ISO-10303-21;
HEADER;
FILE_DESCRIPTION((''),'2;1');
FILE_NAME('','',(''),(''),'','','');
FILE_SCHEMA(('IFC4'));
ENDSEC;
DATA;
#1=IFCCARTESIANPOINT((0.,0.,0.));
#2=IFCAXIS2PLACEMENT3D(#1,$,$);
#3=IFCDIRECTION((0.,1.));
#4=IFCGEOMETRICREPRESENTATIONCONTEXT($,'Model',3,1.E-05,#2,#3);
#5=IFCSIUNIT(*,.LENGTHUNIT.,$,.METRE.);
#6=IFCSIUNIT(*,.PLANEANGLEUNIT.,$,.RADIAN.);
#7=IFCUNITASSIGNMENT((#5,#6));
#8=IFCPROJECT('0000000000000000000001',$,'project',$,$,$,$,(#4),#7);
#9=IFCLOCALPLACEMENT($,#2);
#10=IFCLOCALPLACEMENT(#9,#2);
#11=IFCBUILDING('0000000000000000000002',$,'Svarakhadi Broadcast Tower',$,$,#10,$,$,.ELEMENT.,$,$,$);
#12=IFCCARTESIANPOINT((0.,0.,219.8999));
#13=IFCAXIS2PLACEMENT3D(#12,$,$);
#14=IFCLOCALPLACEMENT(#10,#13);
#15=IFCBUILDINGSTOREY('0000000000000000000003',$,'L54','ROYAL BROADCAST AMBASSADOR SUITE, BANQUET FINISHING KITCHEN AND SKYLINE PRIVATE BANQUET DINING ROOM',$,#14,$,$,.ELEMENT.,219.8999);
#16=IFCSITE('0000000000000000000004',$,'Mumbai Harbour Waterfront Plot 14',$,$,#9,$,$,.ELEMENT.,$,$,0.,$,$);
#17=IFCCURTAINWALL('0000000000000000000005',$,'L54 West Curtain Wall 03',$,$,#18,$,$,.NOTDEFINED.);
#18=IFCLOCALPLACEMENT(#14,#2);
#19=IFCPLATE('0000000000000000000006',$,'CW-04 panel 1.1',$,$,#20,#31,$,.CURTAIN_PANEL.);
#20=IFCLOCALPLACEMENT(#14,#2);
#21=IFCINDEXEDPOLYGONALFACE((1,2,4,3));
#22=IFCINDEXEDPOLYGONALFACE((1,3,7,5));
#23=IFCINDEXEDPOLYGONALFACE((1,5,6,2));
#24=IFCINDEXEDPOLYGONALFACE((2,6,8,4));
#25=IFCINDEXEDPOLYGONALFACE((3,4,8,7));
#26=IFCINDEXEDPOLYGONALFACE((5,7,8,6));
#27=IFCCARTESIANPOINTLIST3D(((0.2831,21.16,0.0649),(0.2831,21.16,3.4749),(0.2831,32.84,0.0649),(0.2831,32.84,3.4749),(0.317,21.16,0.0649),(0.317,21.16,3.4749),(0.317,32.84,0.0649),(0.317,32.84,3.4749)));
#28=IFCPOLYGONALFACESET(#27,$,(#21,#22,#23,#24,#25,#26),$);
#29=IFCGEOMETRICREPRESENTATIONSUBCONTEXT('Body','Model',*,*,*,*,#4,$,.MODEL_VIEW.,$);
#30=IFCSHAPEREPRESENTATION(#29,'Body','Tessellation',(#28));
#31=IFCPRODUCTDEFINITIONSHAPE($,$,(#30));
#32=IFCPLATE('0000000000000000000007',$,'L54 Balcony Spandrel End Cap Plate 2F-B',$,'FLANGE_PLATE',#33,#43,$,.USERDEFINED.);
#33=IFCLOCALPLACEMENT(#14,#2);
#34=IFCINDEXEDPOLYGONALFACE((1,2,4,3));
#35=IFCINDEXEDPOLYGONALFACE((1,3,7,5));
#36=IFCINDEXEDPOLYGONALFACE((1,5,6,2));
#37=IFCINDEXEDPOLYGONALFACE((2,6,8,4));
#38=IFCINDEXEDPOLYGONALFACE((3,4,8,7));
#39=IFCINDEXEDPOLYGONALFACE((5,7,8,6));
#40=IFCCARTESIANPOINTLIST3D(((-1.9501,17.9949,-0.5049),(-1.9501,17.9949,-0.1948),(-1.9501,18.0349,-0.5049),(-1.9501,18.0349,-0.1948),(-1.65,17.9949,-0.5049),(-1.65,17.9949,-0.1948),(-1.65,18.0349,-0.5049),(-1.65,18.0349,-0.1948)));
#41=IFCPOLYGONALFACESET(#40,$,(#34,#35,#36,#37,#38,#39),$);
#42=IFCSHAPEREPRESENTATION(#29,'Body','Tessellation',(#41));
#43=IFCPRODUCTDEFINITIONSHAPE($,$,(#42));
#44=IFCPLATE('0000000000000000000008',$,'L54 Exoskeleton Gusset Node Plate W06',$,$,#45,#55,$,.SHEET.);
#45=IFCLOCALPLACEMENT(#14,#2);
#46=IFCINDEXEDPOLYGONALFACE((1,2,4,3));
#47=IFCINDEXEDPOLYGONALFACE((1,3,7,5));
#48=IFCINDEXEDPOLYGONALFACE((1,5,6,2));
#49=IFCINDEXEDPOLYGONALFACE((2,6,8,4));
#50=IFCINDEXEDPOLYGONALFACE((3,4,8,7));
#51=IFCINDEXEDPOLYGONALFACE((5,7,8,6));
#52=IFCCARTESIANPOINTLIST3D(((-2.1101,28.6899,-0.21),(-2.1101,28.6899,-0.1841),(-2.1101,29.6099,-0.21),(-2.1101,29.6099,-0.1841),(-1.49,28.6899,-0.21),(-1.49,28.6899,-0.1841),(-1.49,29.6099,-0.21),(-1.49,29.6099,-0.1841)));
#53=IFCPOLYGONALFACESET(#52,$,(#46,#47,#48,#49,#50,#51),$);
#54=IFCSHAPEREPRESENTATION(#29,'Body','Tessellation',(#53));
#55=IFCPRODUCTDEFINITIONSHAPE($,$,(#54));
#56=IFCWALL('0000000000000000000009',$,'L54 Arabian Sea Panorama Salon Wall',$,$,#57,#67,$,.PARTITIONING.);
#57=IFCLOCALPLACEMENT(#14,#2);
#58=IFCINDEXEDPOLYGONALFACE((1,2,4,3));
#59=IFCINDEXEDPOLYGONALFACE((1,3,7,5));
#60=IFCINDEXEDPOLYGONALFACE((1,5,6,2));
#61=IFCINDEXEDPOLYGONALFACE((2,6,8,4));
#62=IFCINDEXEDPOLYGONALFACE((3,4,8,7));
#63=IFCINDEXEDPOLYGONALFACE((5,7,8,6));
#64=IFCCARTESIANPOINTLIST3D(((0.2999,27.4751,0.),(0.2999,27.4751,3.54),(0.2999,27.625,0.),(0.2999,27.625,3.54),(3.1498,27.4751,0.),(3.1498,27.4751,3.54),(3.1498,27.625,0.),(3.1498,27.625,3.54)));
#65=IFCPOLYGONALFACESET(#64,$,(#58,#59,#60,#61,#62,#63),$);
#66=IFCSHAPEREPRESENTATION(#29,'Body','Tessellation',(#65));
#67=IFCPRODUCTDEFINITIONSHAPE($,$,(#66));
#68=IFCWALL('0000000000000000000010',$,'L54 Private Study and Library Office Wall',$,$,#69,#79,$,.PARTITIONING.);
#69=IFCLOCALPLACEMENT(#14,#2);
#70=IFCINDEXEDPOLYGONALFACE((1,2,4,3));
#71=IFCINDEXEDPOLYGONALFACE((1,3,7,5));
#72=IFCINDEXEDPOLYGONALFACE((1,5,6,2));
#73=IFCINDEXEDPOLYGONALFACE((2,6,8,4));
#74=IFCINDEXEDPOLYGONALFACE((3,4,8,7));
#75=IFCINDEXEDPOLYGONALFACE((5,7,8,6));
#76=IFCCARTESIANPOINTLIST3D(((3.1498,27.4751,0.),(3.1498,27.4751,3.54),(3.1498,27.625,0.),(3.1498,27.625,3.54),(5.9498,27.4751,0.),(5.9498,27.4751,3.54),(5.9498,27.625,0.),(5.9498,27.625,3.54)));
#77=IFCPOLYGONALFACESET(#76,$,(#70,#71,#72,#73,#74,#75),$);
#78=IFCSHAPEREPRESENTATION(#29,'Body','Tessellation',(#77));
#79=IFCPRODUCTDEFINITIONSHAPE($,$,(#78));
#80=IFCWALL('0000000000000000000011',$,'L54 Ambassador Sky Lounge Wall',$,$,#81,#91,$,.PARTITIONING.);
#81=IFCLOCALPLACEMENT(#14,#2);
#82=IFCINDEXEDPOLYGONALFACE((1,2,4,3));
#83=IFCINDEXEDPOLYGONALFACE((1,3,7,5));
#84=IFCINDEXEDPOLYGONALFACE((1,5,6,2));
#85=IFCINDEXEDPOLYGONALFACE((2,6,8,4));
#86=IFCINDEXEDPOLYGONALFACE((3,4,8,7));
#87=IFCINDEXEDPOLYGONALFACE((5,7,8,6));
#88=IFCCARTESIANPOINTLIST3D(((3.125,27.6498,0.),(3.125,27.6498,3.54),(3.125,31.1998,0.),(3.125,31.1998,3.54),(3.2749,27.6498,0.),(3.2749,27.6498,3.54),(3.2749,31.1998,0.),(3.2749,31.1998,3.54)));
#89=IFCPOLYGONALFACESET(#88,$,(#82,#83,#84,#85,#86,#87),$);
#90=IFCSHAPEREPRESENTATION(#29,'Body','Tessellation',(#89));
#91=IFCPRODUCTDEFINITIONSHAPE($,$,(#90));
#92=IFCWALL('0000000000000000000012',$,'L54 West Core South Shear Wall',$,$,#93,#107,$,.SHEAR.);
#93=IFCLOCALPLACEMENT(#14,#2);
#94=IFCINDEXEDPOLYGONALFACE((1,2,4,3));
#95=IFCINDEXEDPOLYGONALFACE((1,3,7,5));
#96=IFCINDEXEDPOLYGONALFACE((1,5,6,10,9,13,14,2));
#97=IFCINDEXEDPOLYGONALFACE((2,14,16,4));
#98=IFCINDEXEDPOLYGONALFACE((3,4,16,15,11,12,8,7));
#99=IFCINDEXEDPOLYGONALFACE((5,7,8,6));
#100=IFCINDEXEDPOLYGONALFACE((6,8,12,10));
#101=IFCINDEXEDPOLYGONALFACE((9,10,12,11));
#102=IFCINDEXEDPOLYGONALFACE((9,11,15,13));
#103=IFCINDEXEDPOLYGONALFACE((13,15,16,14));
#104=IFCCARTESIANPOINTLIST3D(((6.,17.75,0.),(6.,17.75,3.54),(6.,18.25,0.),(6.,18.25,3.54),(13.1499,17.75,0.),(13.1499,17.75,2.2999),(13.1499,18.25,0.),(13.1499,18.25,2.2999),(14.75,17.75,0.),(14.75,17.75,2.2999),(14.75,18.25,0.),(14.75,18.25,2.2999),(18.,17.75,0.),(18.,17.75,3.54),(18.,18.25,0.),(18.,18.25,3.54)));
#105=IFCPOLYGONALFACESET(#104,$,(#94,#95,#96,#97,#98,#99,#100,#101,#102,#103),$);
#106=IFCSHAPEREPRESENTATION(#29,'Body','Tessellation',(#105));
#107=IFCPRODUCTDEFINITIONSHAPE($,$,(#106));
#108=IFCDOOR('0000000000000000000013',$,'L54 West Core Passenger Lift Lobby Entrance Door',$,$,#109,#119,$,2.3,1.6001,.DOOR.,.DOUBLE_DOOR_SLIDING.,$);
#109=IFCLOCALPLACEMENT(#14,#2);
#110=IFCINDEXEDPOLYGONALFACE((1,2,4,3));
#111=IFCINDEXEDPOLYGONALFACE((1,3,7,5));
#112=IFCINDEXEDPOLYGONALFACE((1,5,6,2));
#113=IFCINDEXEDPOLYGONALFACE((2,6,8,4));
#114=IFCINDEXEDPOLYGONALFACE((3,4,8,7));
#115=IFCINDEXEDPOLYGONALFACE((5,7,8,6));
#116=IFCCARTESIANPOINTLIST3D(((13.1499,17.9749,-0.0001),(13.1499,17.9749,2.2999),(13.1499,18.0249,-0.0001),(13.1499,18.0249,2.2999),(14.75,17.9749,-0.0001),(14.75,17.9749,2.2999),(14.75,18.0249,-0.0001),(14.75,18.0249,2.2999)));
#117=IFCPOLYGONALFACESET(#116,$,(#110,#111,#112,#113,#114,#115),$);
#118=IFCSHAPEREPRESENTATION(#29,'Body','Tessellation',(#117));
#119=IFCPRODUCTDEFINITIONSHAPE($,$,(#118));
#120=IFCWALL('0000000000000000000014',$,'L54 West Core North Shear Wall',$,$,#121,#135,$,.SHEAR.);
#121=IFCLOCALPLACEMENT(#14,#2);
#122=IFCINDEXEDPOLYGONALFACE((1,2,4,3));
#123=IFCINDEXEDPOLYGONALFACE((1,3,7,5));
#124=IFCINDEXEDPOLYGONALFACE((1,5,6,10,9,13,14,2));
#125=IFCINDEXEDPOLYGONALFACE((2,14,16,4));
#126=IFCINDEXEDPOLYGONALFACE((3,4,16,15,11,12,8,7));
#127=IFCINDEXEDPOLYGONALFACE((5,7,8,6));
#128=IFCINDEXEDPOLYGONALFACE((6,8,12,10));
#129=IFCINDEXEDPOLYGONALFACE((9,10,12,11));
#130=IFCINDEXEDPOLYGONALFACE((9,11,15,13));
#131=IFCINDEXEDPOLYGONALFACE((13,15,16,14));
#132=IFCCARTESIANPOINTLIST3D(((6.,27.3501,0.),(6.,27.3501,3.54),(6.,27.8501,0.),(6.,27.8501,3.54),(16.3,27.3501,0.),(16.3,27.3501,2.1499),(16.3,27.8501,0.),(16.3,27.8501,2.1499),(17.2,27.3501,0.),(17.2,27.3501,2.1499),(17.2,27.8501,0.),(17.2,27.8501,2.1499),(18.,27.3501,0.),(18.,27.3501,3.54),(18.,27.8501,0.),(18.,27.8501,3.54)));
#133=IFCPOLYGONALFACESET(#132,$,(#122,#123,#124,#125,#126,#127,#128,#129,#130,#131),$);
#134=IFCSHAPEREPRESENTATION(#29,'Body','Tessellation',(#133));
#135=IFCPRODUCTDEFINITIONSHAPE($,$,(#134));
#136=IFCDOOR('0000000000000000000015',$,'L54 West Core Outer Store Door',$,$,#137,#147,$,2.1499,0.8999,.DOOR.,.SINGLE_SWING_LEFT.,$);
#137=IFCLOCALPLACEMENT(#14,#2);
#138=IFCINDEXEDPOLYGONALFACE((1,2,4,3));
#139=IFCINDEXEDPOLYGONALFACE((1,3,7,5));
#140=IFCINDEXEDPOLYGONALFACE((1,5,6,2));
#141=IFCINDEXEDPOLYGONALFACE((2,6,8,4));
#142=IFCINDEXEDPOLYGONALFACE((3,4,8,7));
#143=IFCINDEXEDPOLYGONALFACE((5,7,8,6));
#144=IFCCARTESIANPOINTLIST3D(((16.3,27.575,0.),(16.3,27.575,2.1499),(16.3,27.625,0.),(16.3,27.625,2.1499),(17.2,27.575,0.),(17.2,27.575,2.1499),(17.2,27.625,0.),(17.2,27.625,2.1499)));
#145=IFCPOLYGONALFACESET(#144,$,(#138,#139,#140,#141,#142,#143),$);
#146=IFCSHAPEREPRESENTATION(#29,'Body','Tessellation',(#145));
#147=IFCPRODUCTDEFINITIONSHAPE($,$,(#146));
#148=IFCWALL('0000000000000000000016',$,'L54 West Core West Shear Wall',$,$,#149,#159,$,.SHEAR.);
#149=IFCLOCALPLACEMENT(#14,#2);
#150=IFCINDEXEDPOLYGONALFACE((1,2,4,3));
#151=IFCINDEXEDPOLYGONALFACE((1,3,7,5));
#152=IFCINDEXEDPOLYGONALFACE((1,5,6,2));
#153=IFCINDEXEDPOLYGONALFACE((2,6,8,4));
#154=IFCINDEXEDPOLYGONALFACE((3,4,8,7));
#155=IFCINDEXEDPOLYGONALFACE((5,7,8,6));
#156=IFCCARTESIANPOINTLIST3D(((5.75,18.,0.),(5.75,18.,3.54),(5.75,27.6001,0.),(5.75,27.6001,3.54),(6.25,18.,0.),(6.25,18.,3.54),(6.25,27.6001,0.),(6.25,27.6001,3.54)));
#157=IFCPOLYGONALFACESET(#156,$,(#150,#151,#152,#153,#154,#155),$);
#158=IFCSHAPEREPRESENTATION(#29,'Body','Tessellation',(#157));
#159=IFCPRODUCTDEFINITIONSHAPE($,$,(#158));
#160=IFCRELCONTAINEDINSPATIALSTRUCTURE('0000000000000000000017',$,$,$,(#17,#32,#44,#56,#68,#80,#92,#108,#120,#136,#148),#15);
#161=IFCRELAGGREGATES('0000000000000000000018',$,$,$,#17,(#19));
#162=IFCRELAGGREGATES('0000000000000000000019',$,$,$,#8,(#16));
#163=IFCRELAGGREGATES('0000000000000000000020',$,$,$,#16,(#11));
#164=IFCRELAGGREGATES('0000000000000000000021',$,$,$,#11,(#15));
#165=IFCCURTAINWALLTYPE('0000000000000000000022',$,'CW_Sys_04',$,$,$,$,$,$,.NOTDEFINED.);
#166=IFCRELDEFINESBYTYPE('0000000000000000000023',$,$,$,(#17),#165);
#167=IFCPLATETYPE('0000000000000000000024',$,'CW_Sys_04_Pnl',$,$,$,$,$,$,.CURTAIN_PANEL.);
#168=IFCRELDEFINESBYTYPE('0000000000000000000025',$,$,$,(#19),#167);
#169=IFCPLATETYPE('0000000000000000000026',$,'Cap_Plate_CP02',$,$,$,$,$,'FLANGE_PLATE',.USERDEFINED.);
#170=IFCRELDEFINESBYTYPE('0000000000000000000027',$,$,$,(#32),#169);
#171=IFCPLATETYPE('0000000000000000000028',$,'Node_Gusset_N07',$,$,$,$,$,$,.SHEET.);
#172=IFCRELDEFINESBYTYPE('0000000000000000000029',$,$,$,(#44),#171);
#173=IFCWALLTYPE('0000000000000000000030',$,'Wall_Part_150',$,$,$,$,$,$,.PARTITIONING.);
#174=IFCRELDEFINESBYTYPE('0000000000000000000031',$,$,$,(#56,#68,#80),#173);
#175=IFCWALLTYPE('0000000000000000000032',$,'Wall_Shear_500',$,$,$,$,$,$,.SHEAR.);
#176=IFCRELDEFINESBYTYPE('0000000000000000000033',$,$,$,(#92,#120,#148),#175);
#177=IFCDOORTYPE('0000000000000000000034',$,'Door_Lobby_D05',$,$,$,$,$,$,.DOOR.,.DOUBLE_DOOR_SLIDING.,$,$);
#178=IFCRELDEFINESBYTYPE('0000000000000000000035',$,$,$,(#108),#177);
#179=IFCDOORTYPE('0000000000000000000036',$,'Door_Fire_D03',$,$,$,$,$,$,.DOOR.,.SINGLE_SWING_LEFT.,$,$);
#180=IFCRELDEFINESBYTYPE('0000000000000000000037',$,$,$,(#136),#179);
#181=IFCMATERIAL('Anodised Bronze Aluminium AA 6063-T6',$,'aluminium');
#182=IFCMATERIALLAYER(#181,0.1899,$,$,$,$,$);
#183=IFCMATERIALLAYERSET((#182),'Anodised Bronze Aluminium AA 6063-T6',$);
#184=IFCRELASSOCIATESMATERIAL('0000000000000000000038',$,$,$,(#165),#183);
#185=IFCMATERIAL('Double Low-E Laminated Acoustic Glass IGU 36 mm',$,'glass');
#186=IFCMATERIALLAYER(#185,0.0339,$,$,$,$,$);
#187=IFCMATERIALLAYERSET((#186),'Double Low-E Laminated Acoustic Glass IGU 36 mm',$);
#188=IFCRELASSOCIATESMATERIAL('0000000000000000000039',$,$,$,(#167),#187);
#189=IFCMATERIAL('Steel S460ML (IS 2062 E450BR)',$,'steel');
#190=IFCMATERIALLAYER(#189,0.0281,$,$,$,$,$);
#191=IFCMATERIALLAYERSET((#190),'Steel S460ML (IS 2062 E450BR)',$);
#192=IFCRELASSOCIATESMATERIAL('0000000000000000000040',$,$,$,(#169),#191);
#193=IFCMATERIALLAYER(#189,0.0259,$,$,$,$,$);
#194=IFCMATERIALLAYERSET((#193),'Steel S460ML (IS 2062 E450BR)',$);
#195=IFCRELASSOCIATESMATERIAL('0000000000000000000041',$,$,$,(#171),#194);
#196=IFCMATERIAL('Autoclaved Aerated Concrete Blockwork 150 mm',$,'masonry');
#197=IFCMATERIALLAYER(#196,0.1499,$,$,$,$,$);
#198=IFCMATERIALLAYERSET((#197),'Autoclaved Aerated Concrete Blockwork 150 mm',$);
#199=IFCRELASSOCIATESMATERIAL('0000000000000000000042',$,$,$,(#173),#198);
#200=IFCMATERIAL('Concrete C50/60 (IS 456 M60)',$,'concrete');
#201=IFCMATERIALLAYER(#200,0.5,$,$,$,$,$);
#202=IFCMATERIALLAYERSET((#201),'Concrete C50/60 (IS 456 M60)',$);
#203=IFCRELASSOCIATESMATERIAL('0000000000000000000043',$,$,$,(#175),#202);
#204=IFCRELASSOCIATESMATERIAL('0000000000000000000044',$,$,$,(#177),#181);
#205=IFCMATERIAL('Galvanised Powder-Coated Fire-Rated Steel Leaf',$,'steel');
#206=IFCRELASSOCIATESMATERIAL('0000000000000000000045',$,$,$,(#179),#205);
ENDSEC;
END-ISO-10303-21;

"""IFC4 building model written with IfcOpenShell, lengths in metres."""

from ifc_helpers import new_model, si_unit, direction, frame, frame_2d, origin, origin_2d, place, context, subcontext, project, spatial, rectangle, extrude, material, layer, layer_set, type_object, element, fill, aggregate, save


model = new_model("IFC4")

# Units and contexts
model_context = context("Model", 3, precision=1e-05, world=origin(), true_north=direction((0.0, 1.0)))
body_context = subcontext(model_context, "Body", "Model", "MODEL_VIEW")
ifc_project = project(units=[si_unit("LENGTHUNIT", "METRE"), si_unit("PLANEANGLEUNIT", "RADIAN")], contexts=[model_context])

# Site, building, storey
site_placement = place(None, origin())
site = spatial("IfcSite", under=ifc_project, at=site_placement, Name="Mumbai Harbour Waterfront Plot 14", CompositionType="ELEMENT", RefElevation=0.0)
building_placement = place(site_placement, origin())
building = spatial("IfcBuilding", under=site, at=building_placement, Name="Svarakhadi Broadcast Tower", CompositionType="ELEMENT")
storey_placement = place(building_placement, frame((0.0, 0.0, 219.8999)))
storey = spatial("IfcBuildingStorey", under=building, at=storey_placement, Name="L54", Description="ROYAL BROADCAST AMBASSADOR SUITE, BANQUET FINISHING KITCHEN AND SKYLINE PRIVATE BANQUET DINING ROOM", CompositionType="ELEMENT", Elevation=219.8999)

# Shared definitions
ifc_material_1 = material(Name="Concrete C50/60 (IS 456 M60)", Category="concrete")
ifc_material_2 = material(Name="Steel S460ML (IS 2062 E450BR)", Category="steel")

# Curtain wall
ifc_material_3 = material(Name="Anodised Bronze Aluminium AA 6063-T6", Category="aluminium")
ifc_layer_1 = layer(ifc_material_3, 0.1899)
ifc_layer_set_1 = layer_set([ifc_layer_1], Name="Anodised Bronze Aluminium AA 6063-T6")
curtain_wall_type = type_object("IfcCurtainWallType", Name="CW_Sys_04", PredefinedType="NOTDEFINED", material=ifc_layer_set_1)
curtain_wall_placement = place(storey_placement, origin())
curtain_wall = element("IfcCurtainWall", 1, at=curtain_wall_placement, inside=storey, type_object=curtain_wall_type, Name="L54 West Curtain Wall 03", PredefinedType="NOTDEFINED")

# Plate
ifc_material_4 = material(Name="Double Low-E Laminated Acoustic Glass IGU 36 mm", Category="glass")
ifc_layer_2 = layer(ifc_material_4, 0.0339)
ifc_layer_set_2 = layer_set([ifc_layer_2], Name="Double Low-E Laminated Acoustic Glass IGU 36 mm")
plate_type_1 = type_object("IfcPlateType", Name="CW_Sys_04_Pnl", PredefinedType="CURTAIN_PANEL", material=ifc_layer_set_2)
plate_1_placement = place(storey_placement, frame((0.3, 27.0, 0.0649), z_axis=(0.0, 0.0, 1.0), x_axis=(0.0, 1.0, 0.0)))
plate_1 = element("IfcPlate", 2, at=plate_1_placement, type_object=plate_type_1, Name="CW-04 panel 1.1", PredefinedType="CURTAIN_PANEL", context=body_context, shape_type="SweptSolid", body=[
    extrude(rectangle(XDim=11.6799, YDim=0.0339, at=origin_2d()), origin(), (0.0, 0.0, 1.0), 3.4099),
])
aggregate(curtain_wall, [plate_1])

# Plates
ifc_layer_3 = layer(ifc_material_2, 0.0281)
ifc_layer_set_3 = layer_set([ifc_layer_3], Name="Steel S460ML (IS 2062 E450BR)")
plate_type_2 = type_object("IfcPlateType", Name="Cap_Plate_CP02", ElementType="FLANGE_PLATE", PredefinedType="USERDEFINED", material=ifc_layer_set_3)
plate_2_placement = place(storey_placement, frame((-1.8, 18.0149, -0.5049), z_axis=(0.0, 0.0, 1.0), x_axis=(1.0, 0.0, 0.0)))
element("IfcPlate", 3, at=plate_2_placement, inside=storey, type_object=plate_type_2, Name="L54 Balcony Spandrel End Cap Plate 2F-B", ObjectType="FLANGE_PLATE", PredefinedType="USERDEFINED", context=body_context, shape_type="SweptSolid", body=[
    extrude(rectangle(XDim=0.3, YDim=0.04, at=origin_2d()), origin(), (0.0, 0.0, 1.0), 0.3101),
])
ifc_layer_4 = layer(ifc_material_2, 0.0259)
ifc_layer_set_4 = layer_set([ifc_layer_4], Name="Steel S460ML (IS 2062 E450BR)")
plate_type_3 = type_object("IfcPlateType", Name="Node_Gusset_N07", PredefinedType="SHEET", material=ifc_layer_set_4)
plate_3_placement = place(storey_placement, frame((-1.8, 29.1499, -0.21), z_axis=(0.0, 0.0, 1.0), x_axis=(0.0, 1.0, 0.0)))
element("IfcPlate", 4, at=plate_3_placement, inside=storey, type_object=plate_type_3, Name="L54 Exoskeleton Gusset Node Plate W06", PredefinedType="SHEET", context=body_context, shape_type="SweptSolid", body=[
    extrude(rectangle(XDim=0.9199, YDim=0.6201, at=origin_2d()), origin(), (0.0, 0.0, 1.0), 0.0259),
])

# Walls
ifc_material_5 = material(Name="Autoclaved Aerated Concrete Blockwork 150 mm", Category="masonry")
ifc_layer_5 = layer(ifc_material_5, 0.1499)
ifc_layer_set_5 = layer_set([ifc_layer_5], Name="Autoclaved Aerated Concrete Blockwork 150 mm")
wall_type_1 = type_object("IfcWallType", Name="Wall_Part_150", PredefinedType="PARTITIONING", material=ifc_layer_set_5)
wall_1_placement = place(storey_placement, frame((0.3, 27.55, 0.0), z_axis=(0.0, 0.0, 1.0), x_axis=(1.0, 0.0, 0.0)))
element("IfcWall", 5, at=wall_1_placement, inside=storey, type_object=wall_type_1, Name="L54 Arabian Sea Panorama Salon Wall", PredefinedType="PARTITIONING", context=body_context, shape_type="SweptSolid", body=[
    extrude(rectangle(XDim=2.8499, YDim=0.1499, at=frame_2d((1.4248, 0.0))), origin(), (0.0, 0.0, 1.0), 3.54),
])
wall_2_placement = place(storey_placement, frame((3.1499, 27.55, 0.0), z_axis=(0.0, 0.0, 1.0), x_axis=(1.0, 0.0, 0.0)))
element("IfcWall", 6, at=wall_2_placement, inside=storey, type_object=wall_type_1, Name="L54 Private Study and Library Office Wall", PredefinedType="PARTITIONING", context=body_context, shape_type="SweptSolid", body=[
    extrude(rectangle(XDim=2.8, YDim=0.1499, at=frame_2d((1.3999, 0.0))), origin(), (0.0, 0.0, 1.0), 3.54),
])
wall_3_placement = place(storey_placement, frame((3.2, 27.6499, 0.0), z_axis=(0.0, 0.0, 1.0), x_axis=(0.0, 1.0, 0.0)))
element("IfcWall", 7, at=wall_3_placement, inside=storey, type_object=wall_type_1, Name="L54 Ambassador Sky Lounge Wall", PredefinedType="PARTITIONING", context=body_context, shape_type="SweptSolid", body=[
    extrude(rectangle(XDim=3.55, YDim=0.1499, at=frame_2d((1.7749, 0.0))), origin(), (0.0, 0.0, 1.0), 3.54),
])

# Walls, openings, doors
ifc_layer_6 = layer(ifc_material_1, 0.5)
ifc_layer_set_6 = layer_set([ifc_layer_6], Name="Concrete C50/60 (IS 456 M60)")
wall_type_2 = type_object("IfcWallType", Name="Wall_Shear_500", PredefinedType="SHEAR", material=ifc_layer_set_6)
wall_4_placement = place(storey_placement, frame((6.0, 18.0, 0.0), z_axis=(0.0, 0.0, 1.0), x_axis=(1.0, 0.0, 0.0)))
wall_4 = element("IfcWall", 8, at=wall_4_placement, inside=storey, type_object=wall_type_2, Name="L54 West Core South Shear Wall", PredefinedType="SHEAR", context=body_context, shape_type="SweptSolid", body=[
    extrude(rectangle(XDim=12.0, YDim=0.5, at=frame_2d((6.0, 0.0))), origin(), (0.0, 0.0, 1.0), 3.54),
])
opening_1_placement = place(wall_4_placement, frame((7.1499, 0.0, 0.0)))
opening_1 = element("IfcOpeningElement", 9, at=opening_1_placement, cuts=wall_4, PredefinedType="OPENING", context=body_context, shape_type="SweptSolid", body=[
    extrude(rectangle(XDim=1.6001, YDim=2.3, at=frame_2d((0.8, 1.1499))), frame((0.0, 0.26, 0.0), z_axis=(0.0, -1.0, 0.0), x_axis=(1.0, 0.0, 0.0)), (0.0, 0.0, 1.0), 0.52),
])
door_type_1 = type_object("IfcDoorType", Name="Door_Lobby_D05", OperationType="DOUBLE_DOOR_SLIDING", PredefinedType="DOOR", material=ifc_material_3)
door_1_placement = place(opening_1_placement, origin())
door_1 = element("IfcDoor", 10, at=door_1_placement, inside=storey, type_object=door_type_1, Name="L54 West Core Passenger Lift Lobby Entrance Door", OperationType="DOUBLE_DOOR_SLIDING", OverallHeight=2.3, OverallWidth=1.6001, PredefinedType="DOOR", context=body_context, shape_type="SweptSolid", body=[
    extrude(rectangle(XDim=1.6001, YDim=2.3, at=frame_2d((0.8, 1.1499))), frame((0.0, 0.0249, 0.0), z_axis=(0.0, -1.0, 0.0), x_axis=(1.0, 0.0, 0.0)), (0.0, 0.0, 1.0), 0.05),
])
fill(opening_1, door_1)
wall_5_placement = place(storey_placement, frame((6.0, 27.6001, 0.0), z_axis=(0.0, 0.0, 1.0), x_axis=(1.0, 0.0, 0.0)))
wall_5 = element("IfcWall", 11, at=wall_5_placement, inside=storey, type_object=wall_type_2, Name="L54 West Core North Shear Wall", PredefinedType="SHEAR", context=body_context, shape_type="SweptSolid", body=[
    extrude(rectangle(XDim=12.0, YDim=0.5, at=frame_2d((6.0, 0.0))), origin(), (0.0, 0.0, 1.0), 3.54),
])
opening_2_placement = place(wall_5_placement, frame((10.3, 0.0, 0.0)))
opening_2 = element("IfcOpeningElement", 12, at=opening_2_placement, cuts=wall_5, PredefinedType="OPENING", context=body_context, shape_type="SweptSolid", body=[
    extrude(rectangle(XDim=0.8999, YDim=2.1499, at=frame_2d((0.45, 1.075))), frame((0.0, 0.26, 0.0), z_axis=(0.0, -1.0, 0.0), x_axis=(1.0, 0.0, 0.0)), (0.0, 0.0, 1.0), 0.52),
])
ifc_material_6 = material(Name="Galvanised Powder-Coated Fire-Rated Steel Leaf", Category="steel")
door_type_2 = type_object("IfcDoorType", Name="Door_Fire_D03", OperationType="SINGLE_SWING_LEFT", PredefinedType="DOOR", material=ifc_material_6)
door_2_placement = place(opening_2_placement, origin())
door_2 = element("IfcDoor", 13, at=door_2_placement, inside=storey, type_object=door_type_2, Name="L54 West Core Outer Store Door", OperationType="SINGLE_SWING_LEFT", OverallHeight=2.1499, OverallWidth=0.8999, PredefinedType="DOOR", context=body_context, shape_type="SweptSolid", body=[
    extrude(rectangle(XDim=0.8999, YDim=2.1499, at=frame_2d((0.45, 1.075))), frame((0.0, 0.0249, 0.0), z_axis=(0.0, -1.0, 0.0), x_axis=(1.0, 0.0, 0.0)), (0.0, 0.0, 1.0), 0.05),
])
fill(opening_2, door_2)

# Wall
wall_6_placement = place(storey_placement, frame((6.0, 18.0, 0.0), z_axis=(0.0, 0.0, 1.0), x_axis=(0.0, 1.0, 0.0)))
element("IfcWall", 14, at=wall_6_placement, inside=storey, type_object=wall_type_2, Name="L54 West Core West Shear Wall", PredefinedType="SHEAR", context=body_context, shape_type="SweptSolid", body=[
    extrude(rectangle(XDim=9.6001, YDim=0.5, at=frame_2d((4.8, 0.0))), origin(), (0.0, 0.0, 1.0), 3.54),
])

save(model, "model.ifc")
